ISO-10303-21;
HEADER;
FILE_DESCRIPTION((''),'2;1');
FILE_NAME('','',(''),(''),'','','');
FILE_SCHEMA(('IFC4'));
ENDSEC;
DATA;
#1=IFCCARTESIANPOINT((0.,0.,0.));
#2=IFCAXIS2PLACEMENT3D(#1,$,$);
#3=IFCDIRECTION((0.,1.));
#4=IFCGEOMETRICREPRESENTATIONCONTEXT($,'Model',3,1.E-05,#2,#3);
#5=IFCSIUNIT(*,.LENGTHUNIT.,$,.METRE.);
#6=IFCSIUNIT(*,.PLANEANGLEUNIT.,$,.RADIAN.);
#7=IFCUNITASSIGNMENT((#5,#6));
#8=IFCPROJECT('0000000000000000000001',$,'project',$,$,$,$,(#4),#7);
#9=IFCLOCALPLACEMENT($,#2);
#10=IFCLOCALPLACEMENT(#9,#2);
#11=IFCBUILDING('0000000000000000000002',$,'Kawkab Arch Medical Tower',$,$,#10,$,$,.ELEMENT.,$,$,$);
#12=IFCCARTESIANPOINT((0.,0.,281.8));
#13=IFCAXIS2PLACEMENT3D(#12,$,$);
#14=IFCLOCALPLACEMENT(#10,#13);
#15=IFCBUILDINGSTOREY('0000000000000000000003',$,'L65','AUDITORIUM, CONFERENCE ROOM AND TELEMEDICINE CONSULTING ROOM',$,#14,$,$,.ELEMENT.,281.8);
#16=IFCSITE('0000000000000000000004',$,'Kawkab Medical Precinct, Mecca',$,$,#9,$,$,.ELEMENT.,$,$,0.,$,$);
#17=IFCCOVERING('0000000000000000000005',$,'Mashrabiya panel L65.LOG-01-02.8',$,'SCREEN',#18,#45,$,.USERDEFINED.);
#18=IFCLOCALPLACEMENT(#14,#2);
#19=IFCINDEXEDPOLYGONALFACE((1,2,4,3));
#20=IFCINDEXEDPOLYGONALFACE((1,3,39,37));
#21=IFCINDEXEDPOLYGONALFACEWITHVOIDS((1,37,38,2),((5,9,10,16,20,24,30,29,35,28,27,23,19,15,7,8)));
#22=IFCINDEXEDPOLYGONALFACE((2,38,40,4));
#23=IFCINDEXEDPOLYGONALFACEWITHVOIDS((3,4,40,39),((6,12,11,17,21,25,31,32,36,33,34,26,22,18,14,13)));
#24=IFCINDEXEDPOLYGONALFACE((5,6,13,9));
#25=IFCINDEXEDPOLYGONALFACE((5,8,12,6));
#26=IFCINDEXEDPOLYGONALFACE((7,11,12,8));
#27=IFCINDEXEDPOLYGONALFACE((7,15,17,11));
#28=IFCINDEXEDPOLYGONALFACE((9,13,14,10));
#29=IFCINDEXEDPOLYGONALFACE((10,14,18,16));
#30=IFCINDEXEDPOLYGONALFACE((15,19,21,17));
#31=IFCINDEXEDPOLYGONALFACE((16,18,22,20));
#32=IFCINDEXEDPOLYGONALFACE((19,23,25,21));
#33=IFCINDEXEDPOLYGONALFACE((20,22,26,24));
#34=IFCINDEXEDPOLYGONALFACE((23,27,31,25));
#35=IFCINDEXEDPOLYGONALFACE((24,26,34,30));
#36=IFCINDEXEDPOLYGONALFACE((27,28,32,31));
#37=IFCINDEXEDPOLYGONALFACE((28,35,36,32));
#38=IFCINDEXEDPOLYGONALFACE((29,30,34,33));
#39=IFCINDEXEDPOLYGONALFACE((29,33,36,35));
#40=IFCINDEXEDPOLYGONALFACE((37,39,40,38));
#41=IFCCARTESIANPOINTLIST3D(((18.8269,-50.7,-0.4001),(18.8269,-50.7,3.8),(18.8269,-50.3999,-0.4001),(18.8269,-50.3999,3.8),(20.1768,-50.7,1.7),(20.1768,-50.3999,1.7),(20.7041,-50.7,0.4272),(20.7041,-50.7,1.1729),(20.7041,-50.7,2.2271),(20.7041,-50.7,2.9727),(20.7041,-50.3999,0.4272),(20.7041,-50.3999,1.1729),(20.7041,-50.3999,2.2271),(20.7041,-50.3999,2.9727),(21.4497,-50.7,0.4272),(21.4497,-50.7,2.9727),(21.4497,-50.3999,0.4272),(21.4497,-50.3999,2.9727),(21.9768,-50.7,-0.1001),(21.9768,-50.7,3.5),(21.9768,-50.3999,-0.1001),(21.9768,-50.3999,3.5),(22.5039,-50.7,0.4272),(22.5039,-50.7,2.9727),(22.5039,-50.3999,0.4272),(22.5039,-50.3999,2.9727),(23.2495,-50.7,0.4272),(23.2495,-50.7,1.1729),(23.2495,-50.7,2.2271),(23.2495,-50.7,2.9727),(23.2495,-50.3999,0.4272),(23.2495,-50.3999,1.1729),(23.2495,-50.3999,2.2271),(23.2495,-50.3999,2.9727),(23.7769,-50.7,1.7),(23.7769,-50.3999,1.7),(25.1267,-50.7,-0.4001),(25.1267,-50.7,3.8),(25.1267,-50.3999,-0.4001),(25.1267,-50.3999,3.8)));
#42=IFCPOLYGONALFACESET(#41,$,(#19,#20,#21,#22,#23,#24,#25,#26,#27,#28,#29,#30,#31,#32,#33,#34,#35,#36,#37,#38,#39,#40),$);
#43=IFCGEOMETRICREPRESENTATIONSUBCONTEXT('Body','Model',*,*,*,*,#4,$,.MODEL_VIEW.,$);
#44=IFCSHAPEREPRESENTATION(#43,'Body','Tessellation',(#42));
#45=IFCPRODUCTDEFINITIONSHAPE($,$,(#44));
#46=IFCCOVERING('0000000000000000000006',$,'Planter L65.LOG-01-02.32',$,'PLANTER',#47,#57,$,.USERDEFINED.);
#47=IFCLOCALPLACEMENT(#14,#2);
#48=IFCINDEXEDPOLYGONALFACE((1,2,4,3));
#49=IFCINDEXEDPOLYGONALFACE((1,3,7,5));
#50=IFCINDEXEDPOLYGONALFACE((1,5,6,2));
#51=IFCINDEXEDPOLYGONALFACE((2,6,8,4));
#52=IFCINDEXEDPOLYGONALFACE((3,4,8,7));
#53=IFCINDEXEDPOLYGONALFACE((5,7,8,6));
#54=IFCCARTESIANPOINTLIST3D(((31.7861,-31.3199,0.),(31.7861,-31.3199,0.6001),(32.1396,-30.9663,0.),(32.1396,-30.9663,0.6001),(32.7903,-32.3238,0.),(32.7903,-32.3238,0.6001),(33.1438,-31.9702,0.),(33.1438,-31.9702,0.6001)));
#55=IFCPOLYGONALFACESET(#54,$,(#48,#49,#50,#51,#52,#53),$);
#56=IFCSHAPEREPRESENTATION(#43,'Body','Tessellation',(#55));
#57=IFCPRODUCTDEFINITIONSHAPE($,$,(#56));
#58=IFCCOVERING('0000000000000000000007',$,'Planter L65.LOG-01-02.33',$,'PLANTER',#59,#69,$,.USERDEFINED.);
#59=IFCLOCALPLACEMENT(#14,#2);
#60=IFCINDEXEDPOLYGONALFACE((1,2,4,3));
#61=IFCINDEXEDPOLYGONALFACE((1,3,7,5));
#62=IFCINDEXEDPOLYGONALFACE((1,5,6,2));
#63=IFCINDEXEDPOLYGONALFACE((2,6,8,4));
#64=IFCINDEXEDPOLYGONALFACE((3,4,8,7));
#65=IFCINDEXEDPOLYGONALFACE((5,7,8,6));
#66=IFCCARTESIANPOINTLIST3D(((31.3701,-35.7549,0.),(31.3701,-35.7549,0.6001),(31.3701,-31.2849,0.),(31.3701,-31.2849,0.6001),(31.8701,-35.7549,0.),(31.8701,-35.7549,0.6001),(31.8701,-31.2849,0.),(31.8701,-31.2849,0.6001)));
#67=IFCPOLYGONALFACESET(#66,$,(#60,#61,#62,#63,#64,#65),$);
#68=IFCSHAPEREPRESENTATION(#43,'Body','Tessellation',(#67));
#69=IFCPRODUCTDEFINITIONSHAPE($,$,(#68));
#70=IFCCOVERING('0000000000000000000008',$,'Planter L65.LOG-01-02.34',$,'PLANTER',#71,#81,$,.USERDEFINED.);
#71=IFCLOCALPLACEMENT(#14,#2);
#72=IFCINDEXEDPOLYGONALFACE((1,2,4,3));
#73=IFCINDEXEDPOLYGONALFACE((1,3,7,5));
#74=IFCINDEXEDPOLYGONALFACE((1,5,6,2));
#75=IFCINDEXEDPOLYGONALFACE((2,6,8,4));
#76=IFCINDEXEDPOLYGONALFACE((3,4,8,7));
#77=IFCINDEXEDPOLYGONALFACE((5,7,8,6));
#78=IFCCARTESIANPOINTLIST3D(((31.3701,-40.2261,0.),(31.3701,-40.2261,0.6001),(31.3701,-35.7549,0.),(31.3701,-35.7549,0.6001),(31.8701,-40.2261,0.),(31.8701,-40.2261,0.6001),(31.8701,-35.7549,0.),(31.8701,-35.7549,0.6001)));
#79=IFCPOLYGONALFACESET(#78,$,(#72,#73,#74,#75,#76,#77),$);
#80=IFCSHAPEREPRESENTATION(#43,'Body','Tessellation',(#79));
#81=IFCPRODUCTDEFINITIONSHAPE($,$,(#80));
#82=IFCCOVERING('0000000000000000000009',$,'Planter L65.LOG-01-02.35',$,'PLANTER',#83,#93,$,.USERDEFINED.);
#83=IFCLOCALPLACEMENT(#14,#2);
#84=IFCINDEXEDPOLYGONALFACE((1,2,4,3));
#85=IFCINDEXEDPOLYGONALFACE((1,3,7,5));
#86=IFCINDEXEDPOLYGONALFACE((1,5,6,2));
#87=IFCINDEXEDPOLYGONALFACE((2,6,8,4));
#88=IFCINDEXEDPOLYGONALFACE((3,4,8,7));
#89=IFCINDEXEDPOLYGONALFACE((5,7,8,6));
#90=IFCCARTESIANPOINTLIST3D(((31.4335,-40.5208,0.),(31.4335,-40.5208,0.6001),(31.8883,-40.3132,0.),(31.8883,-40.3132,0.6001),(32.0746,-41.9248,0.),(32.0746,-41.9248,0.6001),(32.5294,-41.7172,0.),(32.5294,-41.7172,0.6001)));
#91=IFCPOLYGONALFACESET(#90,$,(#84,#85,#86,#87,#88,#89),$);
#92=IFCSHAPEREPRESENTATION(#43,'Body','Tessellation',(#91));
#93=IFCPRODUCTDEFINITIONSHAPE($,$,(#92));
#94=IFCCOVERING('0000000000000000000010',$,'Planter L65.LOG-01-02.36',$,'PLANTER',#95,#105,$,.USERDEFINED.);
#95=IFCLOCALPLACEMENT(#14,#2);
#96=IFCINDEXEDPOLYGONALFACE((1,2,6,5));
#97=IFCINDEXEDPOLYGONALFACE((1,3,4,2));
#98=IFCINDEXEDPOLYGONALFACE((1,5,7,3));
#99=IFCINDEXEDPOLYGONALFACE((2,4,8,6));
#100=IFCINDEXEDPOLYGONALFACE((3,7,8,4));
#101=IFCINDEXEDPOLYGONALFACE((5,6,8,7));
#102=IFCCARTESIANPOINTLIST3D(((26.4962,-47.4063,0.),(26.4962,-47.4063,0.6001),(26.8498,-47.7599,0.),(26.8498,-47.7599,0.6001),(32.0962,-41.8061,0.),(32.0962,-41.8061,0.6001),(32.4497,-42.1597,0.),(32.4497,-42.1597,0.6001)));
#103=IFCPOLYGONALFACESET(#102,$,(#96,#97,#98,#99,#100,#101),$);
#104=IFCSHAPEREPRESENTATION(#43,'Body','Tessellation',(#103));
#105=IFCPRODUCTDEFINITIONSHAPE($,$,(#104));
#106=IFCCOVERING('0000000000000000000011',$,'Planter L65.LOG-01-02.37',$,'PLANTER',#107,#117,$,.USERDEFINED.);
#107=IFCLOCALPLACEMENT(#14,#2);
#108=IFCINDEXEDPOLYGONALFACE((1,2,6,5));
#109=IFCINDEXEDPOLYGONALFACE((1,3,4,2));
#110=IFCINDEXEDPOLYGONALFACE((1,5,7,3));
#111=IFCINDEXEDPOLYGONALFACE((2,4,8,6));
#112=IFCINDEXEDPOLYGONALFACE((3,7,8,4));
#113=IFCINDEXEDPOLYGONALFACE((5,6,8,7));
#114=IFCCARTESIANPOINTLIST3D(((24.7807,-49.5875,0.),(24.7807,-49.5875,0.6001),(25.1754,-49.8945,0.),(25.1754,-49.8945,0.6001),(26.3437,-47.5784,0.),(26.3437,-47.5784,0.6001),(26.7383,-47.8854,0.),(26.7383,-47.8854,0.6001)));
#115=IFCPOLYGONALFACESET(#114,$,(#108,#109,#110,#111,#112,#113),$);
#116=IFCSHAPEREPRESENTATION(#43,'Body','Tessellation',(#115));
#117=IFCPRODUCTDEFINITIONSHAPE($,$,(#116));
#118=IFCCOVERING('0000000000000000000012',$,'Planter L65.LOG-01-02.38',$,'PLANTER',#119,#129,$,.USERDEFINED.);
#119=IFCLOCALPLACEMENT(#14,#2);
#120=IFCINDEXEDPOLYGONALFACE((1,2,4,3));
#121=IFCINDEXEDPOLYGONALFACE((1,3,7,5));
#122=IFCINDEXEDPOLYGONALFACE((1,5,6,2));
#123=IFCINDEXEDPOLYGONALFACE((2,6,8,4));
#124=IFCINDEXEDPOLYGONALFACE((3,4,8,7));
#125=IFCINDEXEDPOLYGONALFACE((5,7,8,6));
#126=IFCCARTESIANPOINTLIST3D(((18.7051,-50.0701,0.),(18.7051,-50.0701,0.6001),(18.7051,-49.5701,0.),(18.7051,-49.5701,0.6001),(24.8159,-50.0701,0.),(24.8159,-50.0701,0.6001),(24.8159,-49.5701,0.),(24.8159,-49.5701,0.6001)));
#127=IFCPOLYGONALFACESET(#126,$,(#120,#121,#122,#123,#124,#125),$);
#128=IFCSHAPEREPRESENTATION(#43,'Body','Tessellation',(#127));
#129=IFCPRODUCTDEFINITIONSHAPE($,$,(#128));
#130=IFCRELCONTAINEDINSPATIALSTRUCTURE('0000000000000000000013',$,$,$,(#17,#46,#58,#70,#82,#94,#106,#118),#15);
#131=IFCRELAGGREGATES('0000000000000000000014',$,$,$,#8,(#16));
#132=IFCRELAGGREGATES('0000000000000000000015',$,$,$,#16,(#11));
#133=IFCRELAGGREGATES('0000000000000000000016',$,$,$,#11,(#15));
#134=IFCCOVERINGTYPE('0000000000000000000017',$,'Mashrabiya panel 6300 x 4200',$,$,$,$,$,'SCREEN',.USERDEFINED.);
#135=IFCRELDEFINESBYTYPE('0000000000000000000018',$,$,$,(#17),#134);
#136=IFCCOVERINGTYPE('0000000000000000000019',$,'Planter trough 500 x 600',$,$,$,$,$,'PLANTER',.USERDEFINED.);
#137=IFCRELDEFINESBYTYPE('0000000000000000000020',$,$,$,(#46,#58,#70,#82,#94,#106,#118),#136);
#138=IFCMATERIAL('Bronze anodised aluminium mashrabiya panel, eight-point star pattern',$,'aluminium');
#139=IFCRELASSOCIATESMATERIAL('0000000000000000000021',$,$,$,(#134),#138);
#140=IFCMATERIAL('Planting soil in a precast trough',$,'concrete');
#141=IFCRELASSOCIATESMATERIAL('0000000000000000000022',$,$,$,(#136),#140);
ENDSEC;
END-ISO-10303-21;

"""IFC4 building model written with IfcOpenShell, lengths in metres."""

from ifc_helpers import new_model, si_unit, direction, frame, origin, origin_2d, place, context, subcontext, project, spatial, polyline, rectangle, outline, extrude, material, material_profile, profile_set, type_object, element, save


model = new_model("IFC4")

# Units and contexts
model_context = context("Model", 3, precision=1e-05, world=origin(), true_north=direction((0.0, 1.0)))
body_context = subcontext(model_context, "Body", "Model", "MODEL_VIEW")
ifc_project = project(units=[si_unit("LENGTHUNIT", "METRE"), si_unit("PLANEANGLEUNIT", "RADIAN")], contexts=[model_context])

# Site, building, storey
site_placement = place(None, origin())
site = spatial("IfcSite", under=ifc_project, at=site_placement, Name="Kawkab Medical Precinct, Mecca", CompositionType="ELEMENT", RefElevation=0.0)
building_placement = place(site_placement, origin())
building = spatial("IfcBuilding", under=site, at=building_placement, Name="Kawkab Arch Medical Tower", CompositionType="ELEMENT")
storey_placement = place(building_placement, frame((0.0, 0.0, 281.8)))
storey = spatial("IfcBuildingStorey", under=building, at=storey_placement, Name="L65", Description="AUDITORIUM, CONFERENCE ROOM AND TELEMEDICINE CONSULTING ROOM", CompositionType="ELEMENT", Elevation=281.8)

# Coverings
ifc_material_1 = material(Name="Bronze anodised aluminium mashrabiya panel, eight-point star pattern", Category="aluminium")
ifc_material_profile_1 = material_profile(ifc_material_1, outline(polyline([(-3.1499, -2.1001), (3.1499, -2.1001), (3.1499, 2.1001), (-3.1499, 2.1001), (-3.1499, -2.1001)]), holes=[polyline([(1.8, 0.0), (1.2727, 0.5271), (1.2727, 1.2727), (0.5271, 1.2727), (0.0, 1.8), (-0.5271, 1.2727), (-1.2727, 1.2727), (-1.2727, 0.5271), (-1.8, 0.0), (-1.2727, -0.5271), (-1.2727, -1.2727), (-0.5271, -1.2727), (0.0, -1.8), (0.5271, -1.2727), (1.2727, -1.2727), (1.2727, -0.5271), (1.8, 0.0)])]), Name="Mashrabiya panel 6300x4200")
ifc_profile_set_1 = profile_set([ifc_material_profile_1], Name="Bronze anodised aluminium mashrabiya panel, eight-point star pattern")
covering_type_1 = type_object("IfcCoveringType", Name="Mashrabiya panel 6300 x 4200", ElementType="SCREEN", PredefinedType="USERDEFINED", material=ifc_profile_set_1)
covering_1_placement = place(storey_placement, frame((21.9768, -50.3999, 1.7), z_axis=(0.0, -1.0, 0.0), x_axis=(1.0, 0.0, 0.0)))
element("IfcCovering", 1, at=covering_1_placement, inside=storey, type_object=covering_type_1, Name="Mashrabiya panel L65.LOG-01-02.8", ObjectType="SCREEN", PredefinedType="USERDEFINED", context=body_context, shape_type="SweptSolid", body=[
    extrude(outline(polyline([(-3.1499, -2.1001), (3.1499, -2.1001), (3.1499, 2.1001), (-3.1499, 2.1001), (-3.1499, -2.1001)]), holes=[polyline([(1.8, 0.0), (1.2727, 0.5271), (1.2727, 1.2727), (0.5271, 1.2727), (0.0, 1.8), (-0.5271, 1.2727), (-1.2727, 1.2727), (-1.2727, 0.5271), (-1.8, 0.0), (-1.2727, -0.5271), (-1.2727, -1.2727), (-0.5271, -1.2727), (0.0, -1.8), (0.5271, -1.2727), (1.2727, -1.2727), (1.2727, -0.5271), (1.8, 0.0)])]), origin(), (0.0, 0.0, 1.0), 0.3),
])
ifc_material_2 = material(Name="Planting soil in a precast trough", Category="concrete")
ifc_material_profile_2 = material_profile(ifc_material_2, rectangle(XDim=0.5, YDim=0.6001, at=origin_2d()), Name="Trough 500x600")
ifc_profile_set_2 = profile_set([ifc_material_profile_2], Name="Planting soil in a precast trough")
covering_type_2 = type_object("IfcCoveringType", Name="Planter trough 500 x 600", ElementType="PLANTER", PredefinedType="USERDEFINED", material=ifc_profile_set_2)
covering_2_placement = place(storey_placement, frame((32.967, -32.147, 0.3), z_axis=(-0.707193, 0.707021, 0.0), x_axis=(-0.707021, -0.707193, 0.0)))
element("IfcCovering", 2, at=covering_2_placement, inside=storey, type_object=covering_type_2, Name="Planter L65.LOG-01-02.32", ObjectType="PLANTER", PredefinedType="USERDEFINED", context=body_context, shape_type="SweptSolid", body=[
    extrude(rectangle(XDim=0.5, YDim=0.6001, at=origin_2d()), origin(), (0.0, 0.0, 1.0), 1.4199),
])
covering_3_placement = place(storey_placement, frame((31.6201, -31.2849, 0.3), z_axis=(0.0, -1.0, 0.0), x_axis=(1.0, 0.0, 0.0)))
element("IfcCovering", 3, at=covering_3_placement, inside=storey, type_object=covering_type_2, Name="Planter L65.LOG-01-02.33", ObjectType="PLANTER", PredefinedType="USERDEFINED", context=body_context, shape_type="SweptSolid", body=[
    extrude(rectangle(XDim=0.5, YDim=0.6001, at=origin_2d()), origin(), (0.0, 0.0, 1.0), 4.47),
])
covering_4_placement = place(storey_placement, frame((31.6201, -35.7549, 0.3), z_axis=(0.0, -1.0, 0.0), x_axis=(1.0, 0.0, 0.0)))
element("IfcCovering", 4, at=covering_4_placement, inside=storey, type_object=covering_type_2, Name="Planter L65.LOG-01-02.34", ObjectType="PLANTER", PredefinedType="USERDEFINED", context=body_context, shape_type="SweptSolid", body=[
    extrude(rectangle(XDim=0.5, YDim=0.6001, at=origin_2d()), origin(), (0.0, 0.0, 1.0), 4.4712),
])
covering_5_placement = place(storey_placement, frame((31.6609, -40.417, 0.3), z_axis=(0.415363, -0.909656, 0.0), x_axis=(0.909656, 0.415363, 0.0)))
element("IfcCovering", 5, at=covering_5_placement, inside=storey, type_object=covering_type_2, Name="Planter L65.LOG-01-02.35", ObjectType="PLANTER", PredefinedType="USERDEFINED", context=body_context, shape_type="SweptSolid", body=[
    extrude(rectangle(XDim=0.5, YDim=0.6001, at=origin_2d()), origin(), (0.0, 0.0, 1.0), 1.5435),
])
covering_6_placement = place(storey_placement, frame((32.2729, -41.9829, 0.3), z_axis=(-0.707091, -0.707122, 0.0), x_axis=(0.707122, -0.707091, 0.0)))
element("IfcCovering", 6, at=covering_6_placement, inside=storey, type_object=covering_type_2, Name="Planter L65.LOG-01-02.36", ObjectType="PLANTER", PredefinedType="USERDEFINED", context=body_context, shape_type="SweptSolid", body=[
    extrude(rectangle(XDim=0.5, YDim=0.6001, at=origin_2d()), origin(), (0.0, 0.0, 1.0), 7.9197),
])
covering_7_placement = place(storey_placement, frame((26.541, -47.7319, 0.3), z_axis=(-0.61404, -0.789275, 0.0), x_axis=(0.789275, -0.61404, 0.0)))
element("IfcCovering", 7, at=covering_7_placement, inside=storey, type_object=covering_type_2, Name="Planter L65.LOG-01-02.37", ObjectType="PLANTER", PredefinedType="USERDEFINED", context=body_context, shape_type="SweptSolid", body=[
    extrude(rectangle(XDim=0.5, YDim=0.6001, at=origin_2d()), origin(), (0.0, 0.0, 1.0), 2.5454),
])
covering_8_placement = place(storey_placement, frame((24.8159, -49.8201, 0.3), z_axis=(-1.0, 0.0, 0.0), x_axis=(0.0, -1.0, 0.0)))
element("IfcCovering", 8, at=covering_8_placement, inside=storey, type_object=covering_type_2, Name="Planter L65.LOG-01-02.38", ObjectType="PLANTER", PredefinedType="USERDEFINED", context=body_context, shape_type="SweptSolid", body=[
    extrude(rectangle(XDim=0.5, YDim=0.6001, at=origin_2d()), origin(), (0.0, 0.0, 1.0), 6.1108),
])

save(model, "model.ifc")
